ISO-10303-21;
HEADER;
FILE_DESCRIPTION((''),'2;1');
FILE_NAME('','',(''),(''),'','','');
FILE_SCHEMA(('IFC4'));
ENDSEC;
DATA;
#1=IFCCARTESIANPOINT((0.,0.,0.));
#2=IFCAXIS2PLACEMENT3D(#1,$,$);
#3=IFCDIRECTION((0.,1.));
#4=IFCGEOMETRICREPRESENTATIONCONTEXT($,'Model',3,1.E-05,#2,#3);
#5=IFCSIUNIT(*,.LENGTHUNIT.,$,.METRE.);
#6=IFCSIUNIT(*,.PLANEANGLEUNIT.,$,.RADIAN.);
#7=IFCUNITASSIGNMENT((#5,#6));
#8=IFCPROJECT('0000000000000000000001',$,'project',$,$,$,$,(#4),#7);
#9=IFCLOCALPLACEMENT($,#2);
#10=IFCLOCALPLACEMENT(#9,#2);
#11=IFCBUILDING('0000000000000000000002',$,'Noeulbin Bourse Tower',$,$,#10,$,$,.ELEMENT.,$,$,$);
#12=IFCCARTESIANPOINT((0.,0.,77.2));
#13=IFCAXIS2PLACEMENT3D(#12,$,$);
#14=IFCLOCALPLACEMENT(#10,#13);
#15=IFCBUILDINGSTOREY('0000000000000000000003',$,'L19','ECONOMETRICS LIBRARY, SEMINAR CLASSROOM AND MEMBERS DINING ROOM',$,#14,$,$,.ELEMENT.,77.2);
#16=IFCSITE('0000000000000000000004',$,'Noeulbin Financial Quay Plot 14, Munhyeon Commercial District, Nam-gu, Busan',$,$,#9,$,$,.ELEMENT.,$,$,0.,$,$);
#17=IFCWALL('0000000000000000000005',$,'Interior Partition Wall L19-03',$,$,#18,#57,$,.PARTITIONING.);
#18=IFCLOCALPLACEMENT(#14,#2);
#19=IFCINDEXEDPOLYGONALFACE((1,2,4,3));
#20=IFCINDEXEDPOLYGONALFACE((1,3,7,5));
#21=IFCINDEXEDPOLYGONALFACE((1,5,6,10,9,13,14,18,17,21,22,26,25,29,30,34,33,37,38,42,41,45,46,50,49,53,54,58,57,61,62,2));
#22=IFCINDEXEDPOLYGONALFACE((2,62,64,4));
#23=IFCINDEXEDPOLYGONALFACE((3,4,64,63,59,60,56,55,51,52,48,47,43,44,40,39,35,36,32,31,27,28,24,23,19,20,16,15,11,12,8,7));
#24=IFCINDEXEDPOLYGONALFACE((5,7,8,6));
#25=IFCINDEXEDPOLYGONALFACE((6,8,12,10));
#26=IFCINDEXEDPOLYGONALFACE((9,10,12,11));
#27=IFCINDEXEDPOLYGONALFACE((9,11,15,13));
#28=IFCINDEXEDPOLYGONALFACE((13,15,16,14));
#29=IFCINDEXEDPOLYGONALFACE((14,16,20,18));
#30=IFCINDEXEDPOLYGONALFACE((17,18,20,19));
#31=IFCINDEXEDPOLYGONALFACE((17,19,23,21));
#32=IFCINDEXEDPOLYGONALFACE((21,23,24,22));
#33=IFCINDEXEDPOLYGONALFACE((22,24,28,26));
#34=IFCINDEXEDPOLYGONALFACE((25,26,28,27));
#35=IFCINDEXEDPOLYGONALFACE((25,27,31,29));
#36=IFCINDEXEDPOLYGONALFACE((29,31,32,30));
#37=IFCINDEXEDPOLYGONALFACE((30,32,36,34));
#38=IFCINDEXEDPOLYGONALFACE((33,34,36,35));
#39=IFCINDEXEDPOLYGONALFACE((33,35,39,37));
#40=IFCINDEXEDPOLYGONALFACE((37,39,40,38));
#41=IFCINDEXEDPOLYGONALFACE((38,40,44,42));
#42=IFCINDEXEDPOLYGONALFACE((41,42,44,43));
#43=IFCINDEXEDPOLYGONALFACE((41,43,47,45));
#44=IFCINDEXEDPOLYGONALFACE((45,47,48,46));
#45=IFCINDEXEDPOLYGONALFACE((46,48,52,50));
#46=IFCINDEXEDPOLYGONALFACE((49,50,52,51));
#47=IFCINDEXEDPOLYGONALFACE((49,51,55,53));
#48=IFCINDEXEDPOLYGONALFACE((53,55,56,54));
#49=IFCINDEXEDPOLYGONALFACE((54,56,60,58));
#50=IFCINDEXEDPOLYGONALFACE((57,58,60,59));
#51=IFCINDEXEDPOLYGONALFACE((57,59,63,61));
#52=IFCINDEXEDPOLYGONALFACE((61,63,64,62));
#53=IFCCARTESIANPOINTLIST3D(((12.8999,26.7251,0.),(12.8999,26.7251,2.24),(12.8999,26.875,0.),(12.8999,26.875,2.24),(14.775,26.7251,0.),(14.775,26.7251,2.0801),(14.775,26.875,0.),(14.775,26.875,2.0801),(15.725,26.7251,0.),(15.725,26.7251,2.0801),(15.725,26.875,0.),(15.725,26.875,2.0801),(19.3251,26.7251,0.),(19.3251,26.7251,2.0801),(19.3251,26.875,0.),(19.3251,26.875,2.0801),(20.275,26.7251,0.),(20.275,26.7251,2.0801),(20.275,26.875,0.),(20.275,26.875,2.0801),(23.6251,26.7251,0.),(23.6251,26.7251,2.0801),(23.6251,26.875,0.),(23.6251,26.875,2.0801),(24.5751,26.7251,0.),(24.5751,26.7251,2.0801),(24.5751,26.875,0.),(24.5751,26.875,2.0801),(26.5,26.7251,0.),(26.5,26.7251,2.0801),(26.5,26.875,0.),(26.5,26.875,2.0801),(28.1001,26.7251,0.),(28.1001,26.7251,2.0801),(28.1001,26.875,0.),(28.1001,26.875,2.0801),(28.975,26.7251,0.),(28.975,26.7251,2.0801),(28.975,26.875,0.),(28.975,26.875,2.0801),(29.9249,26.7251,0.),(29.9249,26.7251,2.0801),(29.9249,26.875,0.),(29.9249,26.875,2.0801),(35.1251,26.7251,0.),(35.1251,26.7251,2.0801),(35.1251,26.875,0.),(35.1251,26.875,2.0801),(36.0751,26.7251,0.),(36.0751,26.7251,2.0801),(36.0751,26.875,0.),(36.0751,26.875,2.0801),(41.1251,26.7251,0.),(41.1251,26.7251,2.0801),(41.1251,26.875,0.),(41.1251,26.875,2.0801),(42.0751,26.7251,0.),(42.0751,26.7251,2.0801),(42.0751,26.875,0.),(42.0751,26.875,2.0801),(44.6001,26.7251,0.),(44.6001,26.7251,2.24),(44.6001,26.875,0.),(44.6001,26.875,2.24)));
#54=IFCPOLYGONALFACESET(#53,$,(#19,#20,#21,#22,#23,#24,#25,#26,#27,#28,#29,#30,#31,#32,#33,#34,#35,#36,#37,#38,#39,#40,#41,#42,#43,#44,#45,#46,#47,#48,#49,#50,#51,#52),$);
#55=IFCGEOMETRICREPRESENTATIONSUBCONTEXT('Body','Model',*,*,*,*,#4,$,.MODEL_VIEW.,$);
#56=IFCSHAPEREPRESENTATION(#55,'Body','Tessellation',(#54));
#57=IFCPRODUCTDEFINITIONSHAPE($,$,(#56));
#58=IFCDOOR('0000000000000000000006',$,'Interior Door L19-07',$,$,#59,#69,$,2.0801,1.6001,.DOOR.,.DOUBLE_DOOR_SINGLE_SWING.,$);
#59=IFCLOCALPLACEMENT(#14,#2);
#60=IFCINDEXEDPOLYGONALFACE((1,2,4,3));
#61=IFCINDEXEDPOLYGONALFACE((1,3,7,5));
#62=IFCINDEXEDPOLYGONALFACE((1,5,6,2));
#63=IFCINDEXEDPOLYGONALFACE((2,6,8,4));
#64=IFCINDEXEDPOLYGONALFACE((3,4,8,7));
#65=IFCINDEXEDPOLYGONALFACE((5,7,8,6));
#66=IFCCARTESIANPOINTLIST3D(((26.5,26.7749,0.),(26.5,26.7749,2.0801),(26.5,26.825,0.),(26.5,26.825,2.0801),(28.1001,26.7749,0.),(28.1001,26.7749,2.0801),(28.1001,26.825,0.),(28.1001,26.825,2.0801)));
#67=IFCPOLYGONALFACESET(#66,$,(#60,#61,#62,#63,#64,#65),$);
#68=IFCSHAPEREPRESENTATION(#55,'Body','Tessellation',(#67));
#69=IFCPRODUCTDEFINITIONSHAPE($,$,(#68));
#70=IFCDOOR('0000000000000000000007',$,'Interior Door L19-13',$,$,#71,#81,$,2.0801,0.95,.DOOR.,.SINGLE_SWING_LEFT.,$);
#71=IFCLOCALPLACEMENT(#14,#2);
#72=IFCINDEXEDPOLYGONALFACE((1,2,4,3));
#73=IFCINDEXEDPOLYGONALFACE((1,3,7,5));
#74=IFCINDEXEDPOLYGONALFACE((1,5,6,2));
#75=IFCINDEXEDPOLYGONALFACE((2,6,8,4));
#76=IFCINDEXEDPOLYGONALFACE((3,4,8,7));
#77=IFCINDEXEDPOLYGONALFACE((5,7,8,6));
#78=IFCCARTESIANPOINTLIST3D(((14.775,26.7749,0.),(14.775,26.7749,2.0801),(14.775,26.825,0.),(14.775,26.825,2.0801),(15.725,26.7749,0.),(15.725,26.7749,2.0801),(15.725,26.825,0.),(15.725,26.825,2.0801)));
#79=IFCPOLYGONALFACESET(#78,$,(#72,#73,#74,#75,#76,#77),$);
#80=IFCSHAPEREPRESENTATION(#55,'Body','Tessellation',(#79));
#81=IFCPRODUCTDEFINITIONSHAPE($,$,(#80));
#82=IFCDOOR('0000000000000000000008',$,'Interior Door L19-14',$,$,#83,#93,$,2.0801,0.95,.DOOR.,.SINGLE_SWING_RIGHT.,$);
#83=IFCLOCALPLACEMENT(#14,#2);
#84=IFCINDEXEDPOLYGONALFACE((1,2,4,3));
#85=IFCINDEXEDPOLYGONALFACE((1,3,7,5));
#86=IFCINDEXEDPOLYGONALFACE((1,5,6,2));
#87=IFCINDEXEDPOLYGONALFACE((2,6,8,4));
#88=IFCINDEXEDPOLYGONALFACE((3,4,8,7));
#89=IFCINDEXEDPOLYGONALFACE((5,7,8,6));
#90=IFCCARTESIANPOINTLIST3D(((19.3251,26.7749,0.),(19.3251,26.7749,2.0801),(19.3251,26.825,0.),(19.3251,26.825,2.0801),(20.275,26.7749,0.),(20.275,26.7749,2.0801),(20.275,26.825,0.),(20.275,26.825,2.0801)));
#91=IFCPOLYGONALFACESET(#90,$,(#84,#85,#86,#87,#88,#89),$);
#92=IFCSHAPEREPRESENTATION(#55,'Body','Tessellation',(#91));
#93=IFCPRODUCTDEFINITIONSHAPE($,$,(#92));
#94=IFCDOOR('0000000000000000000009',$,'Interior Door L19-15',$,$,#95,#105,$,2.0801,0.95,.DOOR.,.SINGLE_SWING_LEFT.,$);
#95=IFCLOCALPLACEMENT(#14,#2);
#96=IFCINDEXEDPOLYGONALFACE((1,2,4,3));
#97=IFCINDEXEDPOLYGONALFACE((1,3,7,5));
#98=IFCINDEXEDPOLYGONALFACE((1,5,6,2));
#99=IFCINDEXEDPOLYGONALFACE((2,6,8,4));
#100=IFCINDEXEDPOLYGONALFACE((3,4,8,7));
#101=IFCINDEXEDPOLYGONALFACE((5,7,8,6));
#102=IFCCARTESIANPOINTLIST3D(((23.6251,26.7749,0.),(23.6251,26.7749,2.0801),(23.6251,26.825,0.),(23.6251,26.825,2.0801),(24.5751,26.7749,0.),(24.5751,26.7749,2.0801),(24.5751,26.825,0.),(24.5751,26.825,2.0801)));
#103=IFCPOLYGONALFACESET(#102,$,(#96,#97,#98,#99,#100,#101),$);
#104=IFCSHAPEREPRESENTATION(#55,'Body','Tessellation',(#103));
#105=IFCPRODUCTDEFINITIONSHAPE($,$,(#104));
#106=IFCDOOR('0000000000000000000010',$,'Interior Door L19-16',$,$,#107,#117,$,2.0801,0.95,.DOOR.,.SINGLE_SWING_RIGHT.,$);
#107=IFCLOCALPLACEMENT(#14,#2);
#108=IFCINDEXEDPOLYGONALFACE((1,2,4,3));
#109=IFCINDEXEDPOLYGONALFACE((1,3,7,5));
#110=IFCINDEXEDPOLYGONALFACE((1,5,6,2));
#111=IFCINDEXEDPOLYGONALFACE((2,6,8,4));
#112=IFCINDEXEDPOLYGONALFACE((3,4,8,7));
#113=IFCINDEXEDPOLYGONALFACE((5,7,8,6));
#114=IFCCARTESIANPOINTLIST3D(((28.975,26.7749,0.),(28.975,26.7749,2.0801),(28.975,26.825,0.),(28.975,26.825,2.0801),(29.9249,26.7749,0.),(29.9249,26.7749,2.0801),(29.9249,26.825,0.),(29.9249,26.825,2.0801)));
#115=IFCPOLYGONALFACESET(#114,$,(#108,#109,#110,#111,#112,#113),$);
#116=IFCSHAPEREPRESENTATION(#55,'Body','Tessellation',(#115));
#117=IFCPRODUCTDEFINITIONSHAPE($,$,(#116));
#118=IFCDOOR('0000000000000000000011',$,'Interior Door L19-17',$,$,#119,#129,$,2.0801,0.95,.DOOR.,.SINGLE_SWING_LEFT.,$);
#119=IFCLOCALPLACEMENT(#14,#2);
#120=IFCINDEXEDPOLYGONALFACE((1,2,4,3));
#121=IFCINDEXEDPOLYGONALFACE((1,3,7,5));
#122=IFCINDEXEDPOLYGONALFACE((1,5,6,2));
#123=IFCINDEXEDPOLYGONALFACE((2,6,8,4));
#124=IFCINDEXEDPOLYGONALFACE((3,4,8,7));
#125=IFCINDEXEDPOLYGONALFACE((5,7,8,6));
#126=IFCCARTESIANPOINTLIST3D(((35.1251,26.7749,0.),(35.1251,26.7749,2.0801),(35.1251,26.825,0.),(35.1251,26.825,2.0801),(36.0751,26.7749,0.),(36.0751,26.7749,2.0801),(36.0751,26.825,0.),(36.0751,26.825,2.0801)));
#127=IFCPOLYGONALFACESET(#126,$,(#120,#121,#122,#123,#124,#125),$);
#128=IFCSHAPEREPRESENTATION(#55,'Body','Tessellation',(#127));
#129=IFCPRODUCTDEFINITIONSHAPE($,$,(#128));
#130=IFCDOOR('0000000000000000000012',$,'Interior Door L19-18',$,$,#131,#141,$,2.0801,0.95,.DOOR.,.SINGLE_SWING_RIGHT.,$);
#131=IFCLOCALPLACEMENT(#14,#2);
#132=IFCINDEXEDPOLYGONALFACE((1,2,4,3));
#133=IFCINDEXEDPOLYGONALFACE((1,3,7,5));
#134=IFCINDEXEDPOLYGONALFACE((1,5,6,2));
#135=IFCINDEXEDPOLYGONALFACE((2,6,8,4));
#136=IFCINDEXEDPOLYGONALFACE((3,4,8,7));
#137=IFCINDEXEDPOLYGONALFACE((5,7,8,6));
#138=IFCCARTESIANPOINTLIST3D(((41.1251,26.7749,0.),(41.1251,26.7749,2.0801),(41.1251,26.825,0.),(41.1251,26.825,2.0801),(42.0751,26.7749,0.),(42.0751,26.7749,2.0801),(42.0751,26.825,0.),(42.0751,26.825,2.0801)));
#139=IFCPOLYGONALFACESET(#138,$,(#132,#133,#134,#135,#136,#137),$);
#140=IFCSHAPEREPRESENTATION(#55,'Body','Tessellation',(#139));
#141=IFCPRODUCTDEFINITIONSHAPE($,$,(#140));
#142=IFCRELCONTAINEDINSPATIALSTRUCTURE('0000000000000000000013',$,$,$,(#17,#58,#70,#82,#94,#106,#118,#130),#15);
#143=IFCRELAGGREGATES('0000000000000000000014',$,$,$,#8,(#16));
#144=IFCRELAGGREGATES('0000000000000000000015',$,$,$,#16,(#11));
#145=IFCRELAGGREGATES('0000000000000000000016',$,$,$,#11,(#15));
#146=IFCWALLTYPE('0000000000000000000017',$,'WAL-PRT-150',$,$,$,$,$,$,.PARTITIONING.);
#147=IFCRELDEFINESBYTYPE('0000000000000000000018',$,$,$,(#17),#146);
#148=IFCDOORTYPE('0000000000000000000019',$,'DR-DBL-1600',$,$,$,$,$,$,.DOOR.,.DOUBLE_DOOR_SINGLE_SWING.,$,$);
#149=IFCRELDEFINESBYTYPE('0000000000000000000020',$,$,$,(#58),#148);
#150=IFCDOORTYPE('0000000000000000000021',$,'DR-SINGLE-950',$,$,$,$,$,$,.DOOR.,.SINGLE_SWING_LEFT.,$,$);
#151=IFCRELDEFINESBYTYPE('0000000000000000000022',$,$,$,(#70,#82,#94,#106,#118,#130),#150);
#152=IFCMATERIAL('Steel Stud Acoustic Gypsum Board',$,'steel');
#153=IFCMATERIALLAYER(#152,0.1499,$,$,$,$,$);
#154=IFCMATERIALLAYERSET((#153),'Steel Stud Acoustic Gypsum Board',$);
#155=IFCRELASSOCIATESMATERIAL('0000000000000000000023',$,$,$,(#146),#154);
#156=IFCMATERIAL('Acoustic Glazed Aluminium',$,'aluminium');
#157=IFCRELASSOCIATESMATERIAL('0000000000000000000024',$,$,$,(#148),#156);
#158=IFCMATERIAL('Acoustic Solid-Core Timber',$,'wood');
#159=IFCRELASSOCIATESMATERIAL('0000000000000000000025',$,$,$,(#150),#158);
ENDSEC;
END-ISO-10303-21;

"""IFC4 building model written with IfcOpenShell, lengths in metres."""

from ifc_helpers import new_model, si_unit, direction, frame, frame_2d, origin, place, context, subcontext, project, spatial, rectangle, extrude, material, layer, layer_set, type_object, element, fill, save


model = new_model("IFC4")

# Units and contexts
model_context = context("Model", 3, precision=1e-05, world=origin(), true_north=direction((0.0, 1.0)))
body_context = subcontext(model_context, "Body", "Model", "MODEL_VIEW")
ifc_project = project(units=[si_unit("LENGTHUNIT", "METRE"), si_unit("PLANEANGLEUNIT", "RADIAN")], contexts=[model_context])

# Site, building, storey
site_placement = place(None, origin())
site = spatial("IfcSite", under=ifc_project, at=site_placement, Name="Noeulbin Financial Quay Plot 14, Munhyeon Commercial District, Nam-gu, Busan", CompositionType="ELEMENT", RefElevation=0.0)
building_placement = place(site_placement, origin())
building = spatial("IfcBuilding", under=site, at=building_placement, Name="Noeulbin Bourse Tower", CompositionType="ELEMENT")
storey_placement = place(building_placement, frame((0.0, 0.0, 77.2)))
storey = spatial("IfcBuildingStorey", under=building, at=storey_placement, Name="L19", Description="ECONOMETRICS LIBRARY, SEMINAR CLASSROOM AND MEMBERS DINING ROOM", CompositionType="ELEMENT", Elevation=77.2)

# Wall, openings, doors
ifc_material_1 = material(Name="Steel Stud Acoustic Gypsum Board", Category="steel")
ifc_layer_1 = layer(ifc_material_1, 0.1499)
ifc_layer_set_1 = layer_set([ifc_layer_1], Name="Steel Stud Acoustic Gypsum Board")
wall_type_1 = type_object("IfcWallType", Name="WAL-PRT-150", PredefinedType="PARTITIONING", material=ifc_layer_set_1)
wall_1_placement = place(storey_placement, frame((12.8999, 26.8, 0.0), z_axis=(0.0, 0.0, 1.0), x_axis=(1.0, 0.0, 0.0)))
wall_1 = element("IfcWall", 1, at=wall_1_placement, inside=storey, type_object=wall_type_1, Name="Interior Partition Wall L19-03", PredefinedType="PARTITIONING", context=body_context, shape_type="SweptSolid", body=[
    extrude(rectangle(XDim=31.7002, YDim=0.1499, at=frame_2d((15.8501, 0.0))), origin(), (0.0, 0.0, 1.0), 2.24),
])
opening_1_placement = place(wall_1_placement, frame((13.6001, 0.0, 0.0)))
opening_1 = element("IfcOpeningElement", 2, at=opening_1_placement, cuts=wall_1, PredefinedType="OPENING", context=body_context, shape_type="SweptSolid", body=[
    extrude(rectangle(XDim=1.6001, YDim=2.0801, at=frame_2d((0.8, 1.04))), frame((0.0, 0.085, 0.0), z_axis=(0.0, -1.0, 0.0), x_axis=(1.0, 0.0, 0.0)), (0.0, 0.0, 1.0), 0.1699),
])
opening_2_placement = place(wall_1_placement, frame((1.875, 0.0, 0.0)))
opening_2 = element("IfcOpeningElement", 3, at=opening_2_placement, cuts=wall_1, PredefinedType="OPENING", context=body_context, shape_type="SweptSolid", body=[
    extrude(rectangle(XDim=0.95, YDim=2.0801, at=frame_2d((0.4751, 1.04))), frame((0.0, 0.085, 0.0), z_axis=(0.0, -1.0, 0.0), x_axis=(1.0, 0.0, 0.0)), (0.0, 0.0, 1.0), 0.1699),
])
opening_3_placement = place(wall_1_placement, frame((6.425, 0.0, 0.0)))
opening_3 = element("IfcOpeningElement", 4, at=opening_3_placement, cuts=wall_1, PredefinedType="OPENING", context=body_context, shape_type="SweptSolid", body=[
    extrude(rectangle(XDim=0.95, YDim=2.0801, at=frame_2d((0.4751, 1.04))), frame((0.0, 0.085, 0.0), z_axis=(0.0, -1.0, 0.0), x_axis=(1.0, 0.0, 0.0)), (0.0, 0.0, 1.0), 0.1699),
])
opening_4_placement = place(wall_1_placement, frame((10.7251, 0.0, 0.0)))
opening_4 = element("IfcOpeningElement", 5, at=opening_4_placement, cuts=wall_1, PredefinedType="OPENING", context=body_context, shape_type="SweptSolid", body=[
    extrude(rectangle(XDim=0.95, YDim=2.0801, at=frame_2d((0.4751, 1.04))), frame((0.0, 0.085, 0.0), z_axis=(0.0, -1.0, 0.0), x_axis=(1.0, 0.0, 0.0)), (0.0, 0.0, 1.0), 0.1699),
])
opening_5_placement = place(wall_1_placement, frame((16.075, 0.0, 0.0)))
opening_5 = element("IfcOpeningElement", 6, at=opening_5_placement, cuts=wall_1, PredefinedType="OPENING", context=body_context, shape_type="SweptSolid", body=[
    extrude(rectangle(XDim=0.95, YDim=2.0801, at=frame_2d((0.4751, 1.04))), frame((0.0, 0.085, 0.0), z_axis=(0.0, -1.0, 0.0), x_axis=(1.0, 0.0, 0.0)), (0.0, 0.0, 1.0), 0.1699),
])
opening_6_placement = place(wall_1_placement, frame((22.2251, 0.0, 0.0)))
opening_6 = element("IfcOpeningElement", 7, at=opening_6_placement, cuts=wall_1, PredefinedType="OPENING", context=body_context, shape_type="SweptSolid", body=[
    extrude(rectangle(XDim=0.95, YDim=2.0801, at=frame_2d((0.4751, 1.04))), frame((0.0, 0.085, 0.0), z_axis=(0.0, -1.0, 0.0), x_axis=(1.0, 0.0, 0.0)), (0.0, 0.0, 1.0), 0.1699),
])
opening_7_placement = place(wall_1_placement, frame((28.2251, 0.0, 0.0)))
opening_7 = element("IfcOpeningElement", 8, at=opening_7_placement, cuts=wall_1, PredefinedType="OPENING", context=body_context, shape_type="SweptSolid", body=[
    extrude(rectangle(XDim=0.95, YDim=2.0801, at=frame_2d((0.4751, 1.04))), frame((0.0, 0.085, 0.0), z_axis=(0.0, -1.0, 0.0), x_axis=(1.0, 0.0, 0.0)), (0.0, 0.0, 1.0), 0.1699),
])
ifc_material_2 = material(Name="Acoustic Glazed Aluminium", Category="aluminium")
door_type_1 = type_object("IfcDoorType", Name="DR-DBL-1600", OperationType="DOUBLE_DOOR_SINGLE_SWING", PredefinedType="DOOR", material=ifc_material_2)
door_1_placement = place(opening_1_placement, origin())
door_1 = element("IfcDoor", 9, at=door_1_placement, inside=storey, type_object=door_type_1, Name="Interior Door L19-07", OperationType="DOUBLE_DOOR_SINGLE_SWING", OverallHeight=2.0801, OverallWidth=1.6001, PredefinedType="DOOR", context=body_context, shape_type="SweptSolid", body=[
    extrude(rectangle(XDim=1.6001, YDim=2.0801, at=frame_2d((0.8, 1.04))), frame((0.0, 0.0249, 0.0), z_axis=(0.0, -1.0, 0.0), x_axis=(1.0, 0.0, 0.0)), (0.0, 0.0, 1.0), 0.05),
])
fill(opening_1, door_1)
ifc_material_3 = material(Name="Acoustic Solid-Core Timber", Category="wood")
door_type_2 = type_object("IfcDoorType", Name="DR-SINGLE-950", OperationType="SINGLE_SWING_LEFT", PredefinedType="DOOR", material=ifc_material_3)
door_2_placement = place(opening_2_placement, origin())
door_2 = element("IfcDoor", 10, at=door_2_placement, inside=storey, type_object=door_type_2, Name="Interior Door L19-13", OperationType="SINGLE_SWING_LEFT", OverallHeight=2.0801, OverallWidth=0.95, PredefinedType="DOOR", context=body_context, shape_type="SweptSolid", body=[
    extrude(rectangle(XDim=0.95, YDim=2.0801, at=frame_2d((0.4751, 1.04))), frame((0.0, 0.0249, 0.0), z_axis=(0.0, -1.0, 0.0), x_axis=(1.0, 0.0, 0.0)), (0.0, 0.0, 1.0), 0.05),
])
fill(opening_2, door_2)
door_3_placement = place(opening_3_placement, origin())
door_3 = element("IfcDoor", 11, at=door_3_placement, inside=storey, type_object=door_type_2, Name="Interior Door L19-14", OperationType="SINGLE_SWING_RIGHT", OverallHeight=2.0801, OverallWidth=0.95, PredefinedType="DOOR", context=body_context, shape_type="SweptSolid", body=[
    extrude(rectangle(XDim=0.95, YDim=2.0801, at=frame_2d((0.4751, 1.04))), frame((0.0, 0.0249, 0.0), z_axis=(0.0, -1.0, 0.0), x_axis=(1.0, 0.0, 0.0)), (0.0, 0.0, 1.0), 0.05),
])
fill(opening_3, door_3)
door_4_placement = place(opening_4_placement, origin())
door_4 = element("IfcDoor", 12, at=door_4_placement, inside=storey, type_object=door_type_2, Name="Interior Door L19-15", OperationType="SINGLE_SWING_LEFT", OverallHeight=2.0801, OverallWidth=0.95, PredefinedType="DOOR", context=body_context, shape_type="SweptSolid", body=[
    extrude(rectangle(XDim=0.95, YDim=2.0801, at=frame_2d((0.4751, 1.04))), frame((0.0, 0.0249, 0.0), z_axis=(0.0, -1.0, 0.0), x_axis=(1.0, 0.0, 0.0)), (0.0, 0.0, 1.0), 0.05),
])
fill(opening_4, door_4)
door_5_placement = place(opening_5_placement, origin())
door_5 = element("IfcDoor", 13, at=door_5_placement, inside=storey, type_object=door_type_2, Name="Interior Door L19-16", OperationType="SINGLE_SWING_RIGHT", OverallHeight=2.0801, OverallWidth=0.95, PredefinedType="DOOR", context=body_context, shape_type="SweptSolid", body=[
    extrude(rectangle(XDim=0.95, YDim=2.0801, at=frame_2d((0.4751, 1.04))), frame((0.0, 0.0249, 0.0), z_axis=(0.0, -1.0, 0.0), x_axis=(1.0, 0.0, 0.0)), (0.0, 0.0, 1.0), 0.05),
])
fill(opening_5, door_5)
door_6_placement = place(opening_6_placement, origin())
door_6 = element("IfcDoor", 14, at=door_6_placement, inside=storey, type_object=door_type_2, Name="Interior Door L19-17", OperationType="SINGLE_SWING_LEFT", OverallHeight=2.0801, OverallWidth=0.95, PredefinedType="DOOR", context=body_context, shape_type="SweptSolid", body=[
    extrude(rectangle(XDim=0.95, YDim=2.0801, at=frame_2d((0.4751, 1.04))), frame((0.0, 0.0249, 0.0), z_axis=(0.0, -1.0, 0.0), x_axis=(1.0, 0.0, 0.0)), (0.0, 0.0, 1.0), 0.05),
])
fill(opening_6, door_6)
door_7_placement = place(opening_7_placement, origin())
door_7 = element("IfcDoor", 15, at=door_7_placement, inside=storey, type_object=door_type_2, Name="Interior Door L19-18", OperationType="SINGLE_SWING_RIGHT", OverallHeight=2.0801, OverallWidth=0.95, PredefinedType="DOOR", context=body_context, shape_type="SweptSolid", body=[
    extrude(rectangle(XDim=0.95, YDim=2.0801, at=frame_2d((0.4751, 1.04))), frame((0.0, 0.0249, 0.0), z_axis=(0.0, -1.0, 0.0), x_axis=(1.0, 0.0, 0.0)), (0.0, 0.0, 1.0), 0.05),
])
fill(opening_7, door_7)

save(model, "model.ifc")
